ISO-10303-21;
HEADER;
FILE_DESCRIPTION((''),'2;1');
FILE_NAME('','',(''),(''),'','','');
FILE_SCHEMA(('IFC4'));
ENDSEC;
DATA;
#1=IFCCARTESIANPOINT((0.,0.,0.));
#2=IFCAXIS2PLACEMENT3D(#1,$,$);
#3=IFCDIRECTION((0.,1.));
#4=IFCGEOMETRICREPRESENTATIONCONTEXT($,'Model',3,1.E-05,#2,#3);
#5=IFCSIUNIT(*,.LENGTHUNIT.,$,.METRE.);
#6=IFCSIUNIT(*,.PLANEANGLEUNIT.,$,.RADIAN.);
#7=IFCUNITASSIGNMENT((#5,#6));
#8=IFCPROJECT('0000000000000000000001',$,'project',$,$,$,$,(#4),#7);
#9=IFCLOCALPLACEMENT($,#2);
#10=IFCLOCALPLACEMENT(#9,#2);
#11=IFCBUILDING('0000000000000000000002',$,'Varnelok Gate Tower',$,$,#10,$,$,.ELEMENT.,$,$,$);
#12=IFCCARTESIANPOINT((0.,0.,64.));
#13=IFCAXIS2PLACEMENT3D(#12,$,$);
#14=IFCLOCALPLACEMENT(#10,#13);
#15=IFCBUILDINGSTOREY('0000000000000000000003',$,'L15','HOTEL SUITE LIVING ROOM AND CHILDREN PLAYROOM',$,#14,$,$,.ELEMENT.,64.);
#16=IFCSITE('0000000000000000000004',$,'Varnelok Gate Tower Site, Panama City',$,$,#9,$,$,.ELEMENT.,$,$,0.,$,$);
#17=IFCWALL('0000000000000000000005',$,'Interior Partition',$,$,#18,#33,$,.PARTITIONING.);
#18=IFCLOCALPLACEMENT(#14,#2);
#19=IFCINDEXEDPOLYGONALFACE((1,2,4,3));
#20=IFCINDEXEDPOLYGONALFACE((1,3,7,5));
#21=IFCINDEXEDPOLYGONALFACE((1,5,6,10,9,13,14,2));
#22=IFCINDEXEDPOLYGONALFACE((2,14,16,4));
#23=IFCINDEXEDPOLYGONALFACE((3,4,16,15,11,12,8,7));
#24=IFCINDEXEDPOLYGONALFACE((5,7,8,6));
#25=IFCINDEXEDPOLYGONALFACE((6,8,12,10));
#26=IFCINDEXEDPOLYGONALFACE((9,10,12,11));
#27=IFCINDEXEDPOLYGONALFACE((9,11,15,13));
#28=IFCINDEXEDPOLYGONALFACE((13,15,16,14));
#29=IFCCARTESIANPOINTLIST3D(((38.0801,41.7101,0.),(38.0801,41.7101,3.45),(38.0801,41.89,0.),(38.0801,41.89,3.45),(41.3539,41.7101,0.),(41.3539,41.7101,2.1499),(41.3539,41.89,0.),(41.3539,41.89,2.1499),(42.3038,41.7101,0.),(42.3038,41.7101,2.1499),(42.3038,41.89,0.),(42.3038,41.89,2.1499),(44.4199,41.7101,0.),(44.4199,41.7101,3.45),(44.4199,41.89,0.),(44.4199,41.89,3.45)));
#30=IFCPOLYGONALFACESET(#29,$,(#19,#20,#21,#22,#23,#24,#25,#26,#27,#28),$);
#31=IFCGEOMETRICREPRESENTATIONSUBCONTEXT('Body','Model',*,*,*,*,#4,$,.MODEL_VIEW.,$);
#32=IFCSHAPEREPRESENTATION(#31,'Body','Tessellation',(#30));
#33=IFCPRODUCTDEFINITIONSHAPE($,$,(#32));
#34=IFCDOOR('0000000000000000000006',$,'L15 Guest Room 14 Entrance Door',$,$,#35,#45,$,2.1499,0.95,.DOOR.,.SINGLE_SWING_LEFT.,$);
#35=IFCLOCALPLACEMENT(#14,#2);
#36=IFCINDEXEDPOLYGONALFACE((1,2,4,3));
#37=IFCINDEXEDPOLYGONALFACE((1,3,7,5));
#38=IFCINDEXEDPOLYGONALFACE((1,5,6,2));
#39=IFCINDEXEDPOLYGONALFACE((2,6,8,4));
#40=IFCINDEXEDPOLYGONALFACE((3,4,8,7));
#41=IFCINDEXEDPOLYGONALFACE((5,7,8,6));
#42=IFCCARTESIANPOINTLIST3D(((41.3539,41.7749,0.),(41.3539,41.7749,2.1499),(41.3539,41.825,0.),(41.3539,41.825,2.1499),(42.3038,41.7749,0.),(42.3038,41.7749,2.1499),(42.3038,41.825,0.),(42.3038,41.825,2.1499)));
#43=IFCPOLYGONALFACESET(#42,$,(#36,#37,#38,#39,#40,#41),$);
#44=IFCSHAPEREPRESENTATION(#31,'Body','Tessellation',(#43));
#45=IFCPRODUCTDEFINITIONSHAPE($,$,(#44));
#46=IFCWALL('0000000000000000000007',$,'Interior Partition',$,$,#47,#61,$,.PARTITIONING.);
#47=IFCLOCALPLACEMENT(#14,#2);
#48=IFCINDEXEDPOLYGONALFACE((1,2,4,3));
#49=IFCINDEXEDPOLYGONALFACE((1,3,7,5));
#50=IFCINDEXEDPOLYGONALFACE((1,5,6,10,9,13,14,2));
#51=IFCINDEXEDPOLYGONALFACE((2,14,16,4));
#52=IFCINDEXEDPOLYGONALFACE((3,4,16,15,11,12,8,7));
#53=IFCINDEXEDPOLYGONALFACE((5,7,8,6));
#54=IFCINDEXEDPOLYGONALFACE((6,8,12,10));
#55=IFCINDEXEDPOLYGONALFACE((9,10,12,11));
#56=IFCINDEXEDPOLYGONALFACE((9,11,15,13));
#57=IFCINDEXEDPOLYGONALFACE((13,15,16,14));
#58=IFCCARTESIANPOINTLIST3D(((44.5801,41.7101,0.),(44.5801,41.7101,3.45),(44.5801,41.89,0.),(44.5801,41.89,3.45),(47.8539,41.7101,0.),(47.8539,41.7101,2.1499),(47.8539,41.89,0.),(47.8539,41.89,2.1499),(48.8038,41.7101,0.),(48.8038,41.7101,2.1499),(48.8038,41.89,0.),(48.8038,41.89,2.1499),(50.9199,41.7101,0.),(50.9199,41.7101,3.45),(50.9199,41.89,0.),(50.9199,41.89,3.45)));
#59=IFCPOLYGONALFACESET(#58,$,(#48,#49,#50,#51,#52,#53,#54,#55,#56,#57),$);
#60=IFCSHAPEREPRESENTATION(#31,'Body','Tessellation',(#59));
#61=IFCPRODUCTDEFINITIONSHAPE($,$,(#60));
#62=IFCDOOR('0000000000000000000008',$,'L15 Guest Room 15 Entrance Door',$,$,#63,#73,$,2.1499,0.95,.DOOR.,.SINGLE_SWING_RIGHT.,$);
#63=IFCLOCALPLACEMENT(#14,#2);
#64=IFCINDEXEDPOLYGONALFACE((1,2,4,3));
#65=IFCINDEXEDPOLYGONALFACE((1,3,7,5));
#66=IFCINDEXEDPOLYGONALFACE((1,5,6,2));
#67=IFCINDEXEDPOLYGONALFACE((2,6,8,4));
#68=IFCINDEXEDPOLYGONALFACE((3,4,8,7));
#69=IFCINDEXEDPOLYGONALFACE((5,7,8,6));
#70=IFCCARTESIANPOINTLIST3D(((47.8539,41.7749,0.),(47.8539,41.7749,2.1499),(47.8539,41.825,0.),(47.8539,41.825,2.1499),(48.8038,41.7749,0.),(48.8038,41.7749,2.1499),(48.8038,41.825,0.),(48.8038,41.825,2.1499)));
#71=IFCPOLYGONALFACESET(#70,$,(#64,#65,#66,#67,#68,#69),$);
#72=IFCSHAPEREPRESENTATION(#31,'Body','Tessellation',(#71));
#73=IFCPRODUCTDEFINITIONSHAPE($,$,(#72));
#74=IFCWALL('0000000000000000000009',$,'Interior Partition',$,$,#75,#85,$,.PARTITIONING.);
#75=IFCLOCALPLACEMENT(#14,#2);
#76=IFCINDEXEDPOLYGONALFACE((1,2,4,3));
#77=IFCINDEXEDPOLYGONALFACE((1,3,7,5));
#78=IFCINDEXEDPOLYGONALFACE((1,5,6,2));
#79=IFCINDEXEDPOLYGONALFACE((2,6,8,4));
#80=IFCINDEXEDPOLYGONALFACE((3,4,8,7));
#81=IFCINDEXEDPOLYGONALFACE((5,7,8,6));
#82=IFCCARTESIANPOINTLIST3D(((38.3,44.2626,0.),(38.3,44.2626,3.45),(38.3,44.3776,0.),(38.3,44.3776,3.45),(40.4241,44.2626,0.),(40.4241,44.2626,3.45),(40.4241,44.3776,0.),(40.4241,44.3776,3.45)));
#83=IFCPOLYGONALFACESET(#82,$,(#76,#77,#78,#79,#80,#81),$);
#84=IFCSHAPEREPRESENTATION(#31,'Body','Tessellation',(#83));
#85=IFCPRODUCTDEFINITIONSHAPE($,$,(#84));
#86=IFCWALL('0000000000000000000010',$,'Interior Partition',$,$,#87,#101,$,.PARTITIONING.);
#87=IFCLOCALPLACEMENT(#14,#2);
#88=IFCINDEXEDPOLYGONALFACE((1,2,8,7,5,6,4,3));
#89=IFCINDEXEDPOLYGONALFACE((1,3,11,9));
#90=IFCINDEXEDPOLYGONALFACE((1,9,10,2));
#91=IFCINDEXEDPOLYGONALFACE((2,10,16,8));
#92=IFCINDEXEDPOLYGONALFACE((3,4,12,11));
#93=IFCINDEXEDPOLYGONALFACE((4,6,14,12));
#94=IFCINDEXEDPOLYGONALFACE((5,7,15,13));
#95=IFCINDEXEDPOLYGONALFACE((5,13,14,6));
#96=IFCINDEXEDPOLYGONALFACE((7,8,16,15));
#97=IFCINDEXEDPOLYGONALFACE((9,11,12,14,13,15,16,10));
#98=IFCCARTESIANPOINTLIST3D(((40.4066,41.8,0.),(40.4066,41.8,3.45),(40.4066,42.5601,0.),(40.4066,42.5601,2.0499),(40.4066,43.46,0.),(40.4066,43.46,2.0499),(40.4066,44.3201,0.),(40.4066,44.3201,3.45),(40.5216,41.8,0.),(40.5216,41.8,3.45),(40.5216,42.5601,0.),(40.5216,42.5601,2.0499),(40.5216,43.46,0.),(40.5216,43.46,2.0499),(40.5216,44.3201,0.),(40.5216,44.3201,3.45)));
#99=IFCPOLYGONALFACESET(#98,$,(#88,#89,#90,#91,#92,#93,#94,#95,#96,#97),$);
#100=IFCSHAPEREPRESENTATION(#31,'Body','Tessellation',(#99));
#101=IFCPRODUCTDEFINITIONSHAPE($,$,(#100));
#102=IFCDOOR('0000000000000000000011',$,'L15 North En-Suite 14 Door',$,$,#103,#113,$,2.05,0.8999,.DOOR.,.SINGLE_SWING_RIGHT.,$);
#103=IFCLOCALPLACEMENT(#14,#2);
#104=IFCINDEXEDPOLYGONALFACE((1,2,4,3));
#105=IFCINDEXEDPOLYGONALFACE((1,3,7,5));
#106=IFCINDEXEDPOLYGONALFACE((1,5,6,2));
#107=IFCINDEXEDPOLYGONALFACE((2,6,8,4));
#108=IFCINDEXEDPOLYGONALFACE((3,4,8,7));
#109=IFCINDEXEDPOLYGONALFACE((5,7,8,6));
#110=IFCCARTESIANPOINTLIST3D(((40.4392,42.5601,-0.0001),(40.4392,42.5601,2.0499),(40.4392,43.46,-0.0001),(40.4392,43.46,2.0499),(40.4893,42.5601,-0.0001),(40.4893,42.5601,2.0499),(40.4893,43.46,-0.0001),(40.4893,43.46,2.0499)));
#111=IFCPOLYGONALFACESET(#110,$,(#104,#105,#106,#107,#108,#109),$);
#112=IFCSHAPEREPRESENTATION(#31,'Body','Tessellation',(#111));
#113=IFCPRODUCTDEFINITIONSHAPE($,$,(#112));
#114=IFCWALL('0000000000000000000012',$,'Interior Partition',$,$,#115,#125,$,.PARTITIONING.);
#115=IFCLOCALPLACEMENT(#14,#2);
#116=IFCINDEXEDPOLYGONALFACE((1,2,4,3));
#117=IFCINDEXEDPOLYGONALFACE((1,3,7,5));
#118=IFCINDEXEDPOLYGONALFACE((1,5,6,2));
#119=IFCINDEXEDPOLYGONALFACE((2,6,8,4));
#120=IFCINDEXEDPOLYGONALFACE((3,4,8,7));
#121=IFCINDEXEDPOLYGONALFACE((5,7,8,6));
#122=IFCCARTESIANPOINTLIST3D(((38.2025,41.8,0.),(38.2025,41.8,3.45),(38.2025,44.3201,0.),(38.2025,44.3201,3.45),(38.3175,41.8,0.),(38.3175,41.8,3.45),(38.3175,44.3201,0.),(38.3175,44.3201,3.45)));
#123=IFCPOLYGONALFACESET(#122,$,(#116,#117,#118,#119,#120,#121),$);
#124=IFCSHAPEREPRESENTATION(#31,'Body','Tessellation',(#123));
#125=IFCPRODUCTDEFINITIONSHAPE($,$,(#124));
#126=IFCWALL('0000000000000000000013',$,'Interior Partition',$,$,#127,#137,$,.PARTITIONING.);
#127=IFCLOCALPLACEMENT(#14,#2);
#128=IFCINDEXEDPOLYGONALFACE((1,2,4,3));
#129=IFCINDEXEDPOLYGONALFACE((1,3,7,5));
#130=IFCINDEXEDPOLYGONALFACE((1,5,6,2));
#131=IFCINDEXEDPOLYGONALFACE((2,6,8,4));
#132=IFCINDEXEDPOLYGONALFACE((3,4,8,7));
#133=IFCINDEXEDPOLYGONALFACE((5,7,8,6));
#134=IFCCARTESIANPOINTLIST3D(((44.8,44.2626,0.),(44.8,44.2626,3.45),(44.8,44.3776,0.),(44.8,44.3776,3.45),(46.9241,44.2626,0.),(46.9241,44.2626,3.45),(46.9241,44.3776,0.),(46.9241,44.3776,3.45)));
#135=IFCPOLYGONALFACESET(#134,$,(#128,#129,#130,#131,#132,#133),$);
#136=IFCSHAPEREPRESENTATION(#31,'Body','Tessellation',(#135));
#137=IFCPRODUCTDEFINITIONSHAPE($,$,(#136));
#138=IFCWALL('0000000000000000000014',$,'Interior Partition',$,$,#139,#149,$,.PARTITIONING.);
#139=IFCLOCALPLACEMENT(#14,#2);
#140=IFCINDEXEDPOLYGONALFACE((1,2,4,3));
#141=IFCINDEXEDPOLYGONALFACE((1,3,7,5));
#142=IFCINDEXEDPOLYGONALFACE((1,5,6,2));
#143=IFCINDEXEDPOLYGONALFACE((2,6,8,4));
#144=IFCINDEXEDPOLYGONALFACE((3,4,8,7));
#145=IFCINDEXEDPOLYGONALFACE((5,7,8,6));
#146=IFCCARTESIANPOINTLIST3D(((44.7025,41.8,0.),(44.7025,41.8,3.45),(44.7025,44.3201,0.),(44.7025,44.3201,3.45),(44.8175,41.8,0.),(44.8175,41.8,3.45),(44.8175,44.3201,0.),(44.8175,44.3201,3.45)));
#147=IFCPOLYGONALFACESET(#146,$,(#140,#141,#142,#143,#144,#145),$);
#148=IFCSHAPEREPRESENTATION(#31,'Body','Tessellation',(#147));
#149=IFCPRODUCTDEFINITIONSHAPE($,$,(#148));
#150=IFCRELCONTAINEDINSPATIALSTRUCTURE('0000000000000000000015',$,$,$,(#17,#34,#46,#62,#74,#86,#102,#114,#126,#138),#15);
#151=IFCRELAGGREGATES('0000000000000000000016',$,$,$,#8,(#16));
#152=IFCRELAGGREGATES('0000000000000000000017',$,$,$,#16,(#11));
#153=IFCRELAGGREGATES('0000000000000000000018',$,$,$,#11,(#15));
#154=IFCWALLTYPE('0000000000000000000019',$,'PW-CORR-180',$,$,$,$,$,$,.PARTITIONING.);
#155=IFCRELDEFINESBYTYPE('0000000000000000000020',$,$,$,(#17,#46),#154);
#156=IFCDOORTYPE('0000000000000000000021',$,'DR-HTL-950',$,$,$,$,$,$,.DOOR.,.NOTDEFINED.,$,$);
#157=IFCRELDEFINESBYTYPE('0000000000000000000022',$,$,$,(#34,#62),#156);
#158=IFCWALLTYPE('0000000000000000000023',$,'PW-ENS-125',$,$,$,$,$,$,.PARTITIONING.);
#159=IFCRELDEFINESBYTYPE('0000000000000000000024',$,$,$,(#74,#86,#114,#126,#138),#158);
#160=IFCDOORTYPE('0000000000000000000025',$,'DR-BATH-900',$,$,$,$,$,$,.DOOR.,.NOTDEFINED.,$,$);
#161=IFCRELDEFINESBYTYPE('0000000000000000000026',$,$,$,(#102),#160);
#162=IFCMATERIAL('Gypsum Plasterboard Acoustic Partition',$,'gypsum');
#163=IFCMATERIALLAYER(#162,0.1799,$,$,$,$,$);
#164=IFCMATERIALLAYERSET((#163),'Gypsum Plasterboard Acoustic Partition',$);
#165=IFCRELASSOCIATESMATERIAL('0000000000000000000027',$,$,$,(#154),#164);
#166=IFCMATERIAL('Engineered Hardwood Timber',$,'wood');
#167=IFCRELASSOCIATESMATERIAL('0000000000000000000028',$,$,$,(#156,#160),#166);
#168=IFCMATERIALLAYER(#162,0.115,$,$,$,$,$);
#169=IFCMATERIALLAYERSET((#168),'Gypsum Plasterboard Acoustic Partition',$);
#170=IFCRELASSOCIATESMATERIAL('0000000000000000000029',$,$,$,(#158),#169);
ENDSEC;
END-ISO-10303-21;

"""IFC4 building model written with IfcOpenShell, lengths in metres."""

from ifc_helpers import new_model, si_unit, direction, frame, frame_2d, origin, place, context, subcontext, project, spatial, rectangle, extrude, material, layer, layer_set, type_object, element, fill, save


model = new_model("IFC4")

# Units and contexts
model_context = context("Model", 3, precision=1e-05, world=origin(), true_north=direction((0.0, 1.0)))
body_context = subcontext(model_context, "Body", "Model", "MODEL_VIEW")
ifc_project = project(units=[si_unit("LENGTHUNIT", "METRE"), si_unit("PLANEANGLEUNIT", "RADIAN")], contexts=[model_context])

# Site, building, storey
site_placement = place(None, origin())
site = spatial("IfcSite", under=ifc_project, at=site_placement, Name="Varnelok Gate Tower Site, Panama City", CompositionType="ELEMENT", RefElevation=0.0)
building_placement = place(site_placement, origin())
building = spatial("IfcBuilding", under=site, at=building_placement, Name="Varnelok Gate Tower", CompositionType="ELEMENT")
storey_placement = place(building_placement, frame((0.0, 0.0, 64.0)))
storey = spatial("IfcBuildingStorey", under=building, at=storey_placement, Name="L15", Description="HOTEL SUITE LIVING ROOM AND CHILDREN PLAYROOM", CompositionType="ELEMENT", Elevation=64.0)

# Walls, openings, doors
ifc_material_1 = material(Name="Gypsum Plasterboard Acoustic Partition", Category="gypsum")
ifc_layer_1 = layer(ifc_material_1, 0.1799)
ifc_layer_set_1 = layer_set([ifc_layer_1], Name="Gypsum Plasterboard Acoustic Partition")
wall_type_1 = type_object("IfcWallType", Name="PW-CORR-180", PredefinedType="PARTITIONING", material=ifc_layer_set_1)
wall_1_placement = place(storey_placement, frame((38.0801, 41.8, 0.0), z_axis=(0.0, 0.0, 1.0), x_axis=(1.0, 0.0, 0.0)))
wall_1 = element("IfcWall", 1, at=wall_1_placement, inside=storey, type_object=wall_type_1, Name="Interior Partition", PredefinedType="PARTITIONING", context=body_context, shape_type="SweptSolid", body=[
    extrude(rectangle(XDim=6.3398, YDim=0.1799, at=frame_2d((3.1699, 0.0))), origin(), (0.0, 0.0, 1.0), 3.45),
])
opening_1_placement = place(wall_1_placement, frame((3.2737, 0.0, 0.0)))
opening_1 = element("IfcOpeningElement", 2, at=opening_1_placement, cuts=wall_1, PredefinedType="OPENING", context=body_context, shape_type="SweptSolid", body=[
    extrude(rectangle(XDim=0.95, YDim=2.1499, at=frame_2d((0.4751, 1.075))), frame((0.0, 0.0999, 0.0), z_axis=(0.0, -1.0, 0.0), x_axis=(1.0, 0.0, 0.0)), (0.0, 0.0, 1.0), 0.2),
])
ifc_material_2 = material(Name="Engineered Hardwood Timber", Category="wood")
door_type_1 = type_object("IfcDoorType", Name="DR-HTL-950", OperationType="NOTDEFINED", PredefinedType="DOOR", material=ifc_material_2)
door_1_placement = place(opening_1_placement, origin())
door_1 = element("IfcDoor", 3, at=door_1_placement, inside=storey, type_object=door_type_1, Name="L15 Guest Room 14 Entrance Door", OperationType="SINGLE_SWING_LEFT", OverallHeight=2.1499, OverallWidth=0.95, PredefinedType="DOOR", context=body_context, shape_type="SweptSolid", body=[
    extrude(rectangle(XDim=0.95, YDim=2.1499, at=frame_2d((0.4751, 1.075))), frame((0.0, 0.0249, 0.0), z_axis=(0.0, -1.0, 0.0), x_axis=(1.0, 0.0, 0.0)), (0.0, 0.0, 1.0), 0.05),
])
fill(opening_1, door_1)
wall_2_placement = place(storey_placement, frame((44.5801, 41.8, 0.0), z_axis=(0.0, 0.0, 1.0), x_axis=(1.0, 0.0, 0.0)))
wall_2 = element("IfcWall", 4, at=wall_2_placement, inside=storey, type_object=wall_type_1, Name="Interior Partition", PredefinedType="PARTITIONING", context=body_context, shape_type="SweptSolid", body=[
    extrude(rectangle(XDim=6.3398, YDim=0.1799, at=frame_2d((3.1699, 0.0))), origin(), (0.0, 0.0, 1.0), 3.45),
])
opening_2_placement = place(wall_2_placement, frame((3.2737, 0.0, 0.0)))
opening_2 = element("IfcOpeningElement", 5, at=opening_2_placement, cuts=wall_2, PredefinedType="OPENING", context=body_context, shape_type="SweptSolid", body=[
    extrude(rectangle(XDim=0.95, YDim=2.1499, at=frame_2d((0.4751, 1.075))), frame((0.0, 0.0999, 0.0), z_axis=(0.0, -1.0, 0.0), x_axis=(1.0, 0.0, 0.0)), (0.0, 0.0, 1.0), 0.2),
])
door_2_placement = place(opening_2_placement, origin())
door_2 = element("IfcDoor", 6, at=door_2_placement, inside=storey, type_object=door_type_1, Name="L15 Guest Room 15 Entrance Door", OperationType="SINGLE_SWING_RIGHT", OverallHeight=2.1499, OverallWidth=0.95, PredefinedType="DOOR", context=body_context, shape_type="SweptSolid", body=[
    extrude(rectangle(XDim=0.95, YDim=2.1499, at=frame_2d((0.4751, 1.075))), frame((0.0, 0.0249, 0.0), z_axis=(0.0, -1.0, 0.0), x_axis=(1.0, 0.0, 0.0)), (0.0, 0.0, 1.0), 0.05),
])
fill(opening_2, door_2)

# Wall
ifc_layer_2 = layer(ifc_material_1, 0.115)
ifc_layer_set_2 = layer_set([ifc_layer_2], Name="Gypsum Plasterboard Acoustic Partition")
wall_type_2 = type_object("IfcWallType", Name="PW-ENS-125", PredefinedType="PARTITIONING", material=ifc_layer_set_2)
wall_3_placement = place(storey_placement, frame((38.3, 44.3201, 0.0), z_axis=(0.0, 0.0, 1.0), x_axis=(1.0, 0.0, 0.0)))
element("IfcWall", 7, at=wall_3_placement, inside=storey, type_object=wall_type_2, Name="Interior Partition", PredefinedType="PARTITIONING", context=body_context, shape_type="SweptSolid", body=[
    extrude(rectangle(XDim=2.124, YDim=0.115, at=frame_2d((1.062, 0.0))), origin(), (0.0, 0.0, 1.0), 3.45),
])

# Wall, opening, door
wall_4_placement = place(storey_placement, frame((40.4641, 41.8, 0.0), z_axis=(0.0, 0.0, 1.0), x_axis=(0.0, 1.0, 0.0)))
wall_4 = element("IfcWall", 8, at=wall_4_placement, inside=storey, type_object=wall_type_2, Name="Interior Partition", PredefinedType="PARTITIONING", context=body_context, shape_type="SweptSolid", body=[
    extrude(rectangle(XDim=2.52, YDim=0.115, at=frame_2d((1.26, 0.0))), origin(), (0.0, 0.0, 1.0), 3.45),
])
opening_3_placement = place(wall_4_placement, frame((0.76, 0.0, 0.0)))
opening_3 = element("IfcOpeningElement", 9, at=opening_3_placement, cuts=wall_4, PredefinedType="OPENING", context=body_context, shape_type="SweptSolid", body=[
    extrude(rectangle(XDim=0.8999, YDim=2.05, at=frame_2d((0.45, 1.0249))), frame((0.0, 0.0674, 0.0), z_axis=(0.0, -1.0, 0.0), x_axis=(1.0, 0.0, 0.0)), (0.0, 0.0, 1.0), 0.135),
])
door_type_2 = type_object("IfcDoorType", Name="DR-BATH-900", OperationType="NOTDEFINED", PredefinedType="DOOR", material=ifc_material_2)
door_3_placement = place(opening_3_placement, origin())
door_3 = element("IfcDoor", 10, at=door_3_placement, inside=storey, type_object=door_type_2, Name="L15 North En-Suite 14 Door", OperationType="SINGLE_SWING_RIGHT", OverallHeight=2.05, OverallWidth=0.8999, PredefinedType="DOOR", context=body_context, shape_type="SweptSolid", body=[
    extrude(rectangle(XDim=0.8999, YDim=2.05, at=frame_2d((0.45, 1.0249))), frame((0.0, 0.0249, 0.0), z_axis=(0.0, -1.0, 0.0), x_axis=(1.0, 0.0, 0.0)), (0.0, 0.0, 1.0), 0.05),
])
fill(opening_3, door_3)

# Walls
wall_5_placement = place(storey_placement, frame((38.26, 41.8, 0.0), z_axis=(0.0, 0.0, 1.0), x_axis=(0.0, 1.0, 0.0)))
element("IfcWall", 11, at=wall_5_placement, inside=storey, type_object=wall_type_2, Name="Interior Partition", PredefinedType="PARTITIONING", context=body_context, shape_type="SweptSolid", body=[
    extrude(rectangle(XDim=2.52, YDim=0.115, at=frame_2d((1.26, 0.0))), origin(), (0.0, 0.0, 1.0), 3.45),
])
wall_6_placement = place(storey_placement, frame((44.8, 44.3201, 0.0), z_axis=(0.0, 0.0, 1.0), x_axis=(1.0, 0.0, 0.0)))
element("IfcWall", 12, at=wall_6_placement, inside=storey, type_object=wall_type_2, Name="Interior Partition", PredefinedType="PARTITIONING", context=body_context, shape_type="SweptSolid", body=[
    extrude(rectangle(XDim=2.124, YDim=0.115, at=frame_2d((1.062, 0.0))), origin(), (0.0, 0.0, 1.0), 3.45),
])
wall_7_placement = place(storey_placement, frame((44.76, 41.8, 0.0), z_axis=(0.0, 0.0, 1.0), x_axis=(0.0, 1.0, 0.0)))
element("IfcWall", 13, at=wall_7_placement, inside=storey, type_object=wall_type_2, Name="Interior Partition", PredefinedType="PARTITIONING", context=body_context, shape_type="SweptSolid", body=[
    extrude(rectangle(XDim=2.52, YDim=0.115, at=frame_2d((1.26, 0.0))), origin(), (0.0, 0.0, 1.0), 3.45),
])

save(model, "model.ifc")
